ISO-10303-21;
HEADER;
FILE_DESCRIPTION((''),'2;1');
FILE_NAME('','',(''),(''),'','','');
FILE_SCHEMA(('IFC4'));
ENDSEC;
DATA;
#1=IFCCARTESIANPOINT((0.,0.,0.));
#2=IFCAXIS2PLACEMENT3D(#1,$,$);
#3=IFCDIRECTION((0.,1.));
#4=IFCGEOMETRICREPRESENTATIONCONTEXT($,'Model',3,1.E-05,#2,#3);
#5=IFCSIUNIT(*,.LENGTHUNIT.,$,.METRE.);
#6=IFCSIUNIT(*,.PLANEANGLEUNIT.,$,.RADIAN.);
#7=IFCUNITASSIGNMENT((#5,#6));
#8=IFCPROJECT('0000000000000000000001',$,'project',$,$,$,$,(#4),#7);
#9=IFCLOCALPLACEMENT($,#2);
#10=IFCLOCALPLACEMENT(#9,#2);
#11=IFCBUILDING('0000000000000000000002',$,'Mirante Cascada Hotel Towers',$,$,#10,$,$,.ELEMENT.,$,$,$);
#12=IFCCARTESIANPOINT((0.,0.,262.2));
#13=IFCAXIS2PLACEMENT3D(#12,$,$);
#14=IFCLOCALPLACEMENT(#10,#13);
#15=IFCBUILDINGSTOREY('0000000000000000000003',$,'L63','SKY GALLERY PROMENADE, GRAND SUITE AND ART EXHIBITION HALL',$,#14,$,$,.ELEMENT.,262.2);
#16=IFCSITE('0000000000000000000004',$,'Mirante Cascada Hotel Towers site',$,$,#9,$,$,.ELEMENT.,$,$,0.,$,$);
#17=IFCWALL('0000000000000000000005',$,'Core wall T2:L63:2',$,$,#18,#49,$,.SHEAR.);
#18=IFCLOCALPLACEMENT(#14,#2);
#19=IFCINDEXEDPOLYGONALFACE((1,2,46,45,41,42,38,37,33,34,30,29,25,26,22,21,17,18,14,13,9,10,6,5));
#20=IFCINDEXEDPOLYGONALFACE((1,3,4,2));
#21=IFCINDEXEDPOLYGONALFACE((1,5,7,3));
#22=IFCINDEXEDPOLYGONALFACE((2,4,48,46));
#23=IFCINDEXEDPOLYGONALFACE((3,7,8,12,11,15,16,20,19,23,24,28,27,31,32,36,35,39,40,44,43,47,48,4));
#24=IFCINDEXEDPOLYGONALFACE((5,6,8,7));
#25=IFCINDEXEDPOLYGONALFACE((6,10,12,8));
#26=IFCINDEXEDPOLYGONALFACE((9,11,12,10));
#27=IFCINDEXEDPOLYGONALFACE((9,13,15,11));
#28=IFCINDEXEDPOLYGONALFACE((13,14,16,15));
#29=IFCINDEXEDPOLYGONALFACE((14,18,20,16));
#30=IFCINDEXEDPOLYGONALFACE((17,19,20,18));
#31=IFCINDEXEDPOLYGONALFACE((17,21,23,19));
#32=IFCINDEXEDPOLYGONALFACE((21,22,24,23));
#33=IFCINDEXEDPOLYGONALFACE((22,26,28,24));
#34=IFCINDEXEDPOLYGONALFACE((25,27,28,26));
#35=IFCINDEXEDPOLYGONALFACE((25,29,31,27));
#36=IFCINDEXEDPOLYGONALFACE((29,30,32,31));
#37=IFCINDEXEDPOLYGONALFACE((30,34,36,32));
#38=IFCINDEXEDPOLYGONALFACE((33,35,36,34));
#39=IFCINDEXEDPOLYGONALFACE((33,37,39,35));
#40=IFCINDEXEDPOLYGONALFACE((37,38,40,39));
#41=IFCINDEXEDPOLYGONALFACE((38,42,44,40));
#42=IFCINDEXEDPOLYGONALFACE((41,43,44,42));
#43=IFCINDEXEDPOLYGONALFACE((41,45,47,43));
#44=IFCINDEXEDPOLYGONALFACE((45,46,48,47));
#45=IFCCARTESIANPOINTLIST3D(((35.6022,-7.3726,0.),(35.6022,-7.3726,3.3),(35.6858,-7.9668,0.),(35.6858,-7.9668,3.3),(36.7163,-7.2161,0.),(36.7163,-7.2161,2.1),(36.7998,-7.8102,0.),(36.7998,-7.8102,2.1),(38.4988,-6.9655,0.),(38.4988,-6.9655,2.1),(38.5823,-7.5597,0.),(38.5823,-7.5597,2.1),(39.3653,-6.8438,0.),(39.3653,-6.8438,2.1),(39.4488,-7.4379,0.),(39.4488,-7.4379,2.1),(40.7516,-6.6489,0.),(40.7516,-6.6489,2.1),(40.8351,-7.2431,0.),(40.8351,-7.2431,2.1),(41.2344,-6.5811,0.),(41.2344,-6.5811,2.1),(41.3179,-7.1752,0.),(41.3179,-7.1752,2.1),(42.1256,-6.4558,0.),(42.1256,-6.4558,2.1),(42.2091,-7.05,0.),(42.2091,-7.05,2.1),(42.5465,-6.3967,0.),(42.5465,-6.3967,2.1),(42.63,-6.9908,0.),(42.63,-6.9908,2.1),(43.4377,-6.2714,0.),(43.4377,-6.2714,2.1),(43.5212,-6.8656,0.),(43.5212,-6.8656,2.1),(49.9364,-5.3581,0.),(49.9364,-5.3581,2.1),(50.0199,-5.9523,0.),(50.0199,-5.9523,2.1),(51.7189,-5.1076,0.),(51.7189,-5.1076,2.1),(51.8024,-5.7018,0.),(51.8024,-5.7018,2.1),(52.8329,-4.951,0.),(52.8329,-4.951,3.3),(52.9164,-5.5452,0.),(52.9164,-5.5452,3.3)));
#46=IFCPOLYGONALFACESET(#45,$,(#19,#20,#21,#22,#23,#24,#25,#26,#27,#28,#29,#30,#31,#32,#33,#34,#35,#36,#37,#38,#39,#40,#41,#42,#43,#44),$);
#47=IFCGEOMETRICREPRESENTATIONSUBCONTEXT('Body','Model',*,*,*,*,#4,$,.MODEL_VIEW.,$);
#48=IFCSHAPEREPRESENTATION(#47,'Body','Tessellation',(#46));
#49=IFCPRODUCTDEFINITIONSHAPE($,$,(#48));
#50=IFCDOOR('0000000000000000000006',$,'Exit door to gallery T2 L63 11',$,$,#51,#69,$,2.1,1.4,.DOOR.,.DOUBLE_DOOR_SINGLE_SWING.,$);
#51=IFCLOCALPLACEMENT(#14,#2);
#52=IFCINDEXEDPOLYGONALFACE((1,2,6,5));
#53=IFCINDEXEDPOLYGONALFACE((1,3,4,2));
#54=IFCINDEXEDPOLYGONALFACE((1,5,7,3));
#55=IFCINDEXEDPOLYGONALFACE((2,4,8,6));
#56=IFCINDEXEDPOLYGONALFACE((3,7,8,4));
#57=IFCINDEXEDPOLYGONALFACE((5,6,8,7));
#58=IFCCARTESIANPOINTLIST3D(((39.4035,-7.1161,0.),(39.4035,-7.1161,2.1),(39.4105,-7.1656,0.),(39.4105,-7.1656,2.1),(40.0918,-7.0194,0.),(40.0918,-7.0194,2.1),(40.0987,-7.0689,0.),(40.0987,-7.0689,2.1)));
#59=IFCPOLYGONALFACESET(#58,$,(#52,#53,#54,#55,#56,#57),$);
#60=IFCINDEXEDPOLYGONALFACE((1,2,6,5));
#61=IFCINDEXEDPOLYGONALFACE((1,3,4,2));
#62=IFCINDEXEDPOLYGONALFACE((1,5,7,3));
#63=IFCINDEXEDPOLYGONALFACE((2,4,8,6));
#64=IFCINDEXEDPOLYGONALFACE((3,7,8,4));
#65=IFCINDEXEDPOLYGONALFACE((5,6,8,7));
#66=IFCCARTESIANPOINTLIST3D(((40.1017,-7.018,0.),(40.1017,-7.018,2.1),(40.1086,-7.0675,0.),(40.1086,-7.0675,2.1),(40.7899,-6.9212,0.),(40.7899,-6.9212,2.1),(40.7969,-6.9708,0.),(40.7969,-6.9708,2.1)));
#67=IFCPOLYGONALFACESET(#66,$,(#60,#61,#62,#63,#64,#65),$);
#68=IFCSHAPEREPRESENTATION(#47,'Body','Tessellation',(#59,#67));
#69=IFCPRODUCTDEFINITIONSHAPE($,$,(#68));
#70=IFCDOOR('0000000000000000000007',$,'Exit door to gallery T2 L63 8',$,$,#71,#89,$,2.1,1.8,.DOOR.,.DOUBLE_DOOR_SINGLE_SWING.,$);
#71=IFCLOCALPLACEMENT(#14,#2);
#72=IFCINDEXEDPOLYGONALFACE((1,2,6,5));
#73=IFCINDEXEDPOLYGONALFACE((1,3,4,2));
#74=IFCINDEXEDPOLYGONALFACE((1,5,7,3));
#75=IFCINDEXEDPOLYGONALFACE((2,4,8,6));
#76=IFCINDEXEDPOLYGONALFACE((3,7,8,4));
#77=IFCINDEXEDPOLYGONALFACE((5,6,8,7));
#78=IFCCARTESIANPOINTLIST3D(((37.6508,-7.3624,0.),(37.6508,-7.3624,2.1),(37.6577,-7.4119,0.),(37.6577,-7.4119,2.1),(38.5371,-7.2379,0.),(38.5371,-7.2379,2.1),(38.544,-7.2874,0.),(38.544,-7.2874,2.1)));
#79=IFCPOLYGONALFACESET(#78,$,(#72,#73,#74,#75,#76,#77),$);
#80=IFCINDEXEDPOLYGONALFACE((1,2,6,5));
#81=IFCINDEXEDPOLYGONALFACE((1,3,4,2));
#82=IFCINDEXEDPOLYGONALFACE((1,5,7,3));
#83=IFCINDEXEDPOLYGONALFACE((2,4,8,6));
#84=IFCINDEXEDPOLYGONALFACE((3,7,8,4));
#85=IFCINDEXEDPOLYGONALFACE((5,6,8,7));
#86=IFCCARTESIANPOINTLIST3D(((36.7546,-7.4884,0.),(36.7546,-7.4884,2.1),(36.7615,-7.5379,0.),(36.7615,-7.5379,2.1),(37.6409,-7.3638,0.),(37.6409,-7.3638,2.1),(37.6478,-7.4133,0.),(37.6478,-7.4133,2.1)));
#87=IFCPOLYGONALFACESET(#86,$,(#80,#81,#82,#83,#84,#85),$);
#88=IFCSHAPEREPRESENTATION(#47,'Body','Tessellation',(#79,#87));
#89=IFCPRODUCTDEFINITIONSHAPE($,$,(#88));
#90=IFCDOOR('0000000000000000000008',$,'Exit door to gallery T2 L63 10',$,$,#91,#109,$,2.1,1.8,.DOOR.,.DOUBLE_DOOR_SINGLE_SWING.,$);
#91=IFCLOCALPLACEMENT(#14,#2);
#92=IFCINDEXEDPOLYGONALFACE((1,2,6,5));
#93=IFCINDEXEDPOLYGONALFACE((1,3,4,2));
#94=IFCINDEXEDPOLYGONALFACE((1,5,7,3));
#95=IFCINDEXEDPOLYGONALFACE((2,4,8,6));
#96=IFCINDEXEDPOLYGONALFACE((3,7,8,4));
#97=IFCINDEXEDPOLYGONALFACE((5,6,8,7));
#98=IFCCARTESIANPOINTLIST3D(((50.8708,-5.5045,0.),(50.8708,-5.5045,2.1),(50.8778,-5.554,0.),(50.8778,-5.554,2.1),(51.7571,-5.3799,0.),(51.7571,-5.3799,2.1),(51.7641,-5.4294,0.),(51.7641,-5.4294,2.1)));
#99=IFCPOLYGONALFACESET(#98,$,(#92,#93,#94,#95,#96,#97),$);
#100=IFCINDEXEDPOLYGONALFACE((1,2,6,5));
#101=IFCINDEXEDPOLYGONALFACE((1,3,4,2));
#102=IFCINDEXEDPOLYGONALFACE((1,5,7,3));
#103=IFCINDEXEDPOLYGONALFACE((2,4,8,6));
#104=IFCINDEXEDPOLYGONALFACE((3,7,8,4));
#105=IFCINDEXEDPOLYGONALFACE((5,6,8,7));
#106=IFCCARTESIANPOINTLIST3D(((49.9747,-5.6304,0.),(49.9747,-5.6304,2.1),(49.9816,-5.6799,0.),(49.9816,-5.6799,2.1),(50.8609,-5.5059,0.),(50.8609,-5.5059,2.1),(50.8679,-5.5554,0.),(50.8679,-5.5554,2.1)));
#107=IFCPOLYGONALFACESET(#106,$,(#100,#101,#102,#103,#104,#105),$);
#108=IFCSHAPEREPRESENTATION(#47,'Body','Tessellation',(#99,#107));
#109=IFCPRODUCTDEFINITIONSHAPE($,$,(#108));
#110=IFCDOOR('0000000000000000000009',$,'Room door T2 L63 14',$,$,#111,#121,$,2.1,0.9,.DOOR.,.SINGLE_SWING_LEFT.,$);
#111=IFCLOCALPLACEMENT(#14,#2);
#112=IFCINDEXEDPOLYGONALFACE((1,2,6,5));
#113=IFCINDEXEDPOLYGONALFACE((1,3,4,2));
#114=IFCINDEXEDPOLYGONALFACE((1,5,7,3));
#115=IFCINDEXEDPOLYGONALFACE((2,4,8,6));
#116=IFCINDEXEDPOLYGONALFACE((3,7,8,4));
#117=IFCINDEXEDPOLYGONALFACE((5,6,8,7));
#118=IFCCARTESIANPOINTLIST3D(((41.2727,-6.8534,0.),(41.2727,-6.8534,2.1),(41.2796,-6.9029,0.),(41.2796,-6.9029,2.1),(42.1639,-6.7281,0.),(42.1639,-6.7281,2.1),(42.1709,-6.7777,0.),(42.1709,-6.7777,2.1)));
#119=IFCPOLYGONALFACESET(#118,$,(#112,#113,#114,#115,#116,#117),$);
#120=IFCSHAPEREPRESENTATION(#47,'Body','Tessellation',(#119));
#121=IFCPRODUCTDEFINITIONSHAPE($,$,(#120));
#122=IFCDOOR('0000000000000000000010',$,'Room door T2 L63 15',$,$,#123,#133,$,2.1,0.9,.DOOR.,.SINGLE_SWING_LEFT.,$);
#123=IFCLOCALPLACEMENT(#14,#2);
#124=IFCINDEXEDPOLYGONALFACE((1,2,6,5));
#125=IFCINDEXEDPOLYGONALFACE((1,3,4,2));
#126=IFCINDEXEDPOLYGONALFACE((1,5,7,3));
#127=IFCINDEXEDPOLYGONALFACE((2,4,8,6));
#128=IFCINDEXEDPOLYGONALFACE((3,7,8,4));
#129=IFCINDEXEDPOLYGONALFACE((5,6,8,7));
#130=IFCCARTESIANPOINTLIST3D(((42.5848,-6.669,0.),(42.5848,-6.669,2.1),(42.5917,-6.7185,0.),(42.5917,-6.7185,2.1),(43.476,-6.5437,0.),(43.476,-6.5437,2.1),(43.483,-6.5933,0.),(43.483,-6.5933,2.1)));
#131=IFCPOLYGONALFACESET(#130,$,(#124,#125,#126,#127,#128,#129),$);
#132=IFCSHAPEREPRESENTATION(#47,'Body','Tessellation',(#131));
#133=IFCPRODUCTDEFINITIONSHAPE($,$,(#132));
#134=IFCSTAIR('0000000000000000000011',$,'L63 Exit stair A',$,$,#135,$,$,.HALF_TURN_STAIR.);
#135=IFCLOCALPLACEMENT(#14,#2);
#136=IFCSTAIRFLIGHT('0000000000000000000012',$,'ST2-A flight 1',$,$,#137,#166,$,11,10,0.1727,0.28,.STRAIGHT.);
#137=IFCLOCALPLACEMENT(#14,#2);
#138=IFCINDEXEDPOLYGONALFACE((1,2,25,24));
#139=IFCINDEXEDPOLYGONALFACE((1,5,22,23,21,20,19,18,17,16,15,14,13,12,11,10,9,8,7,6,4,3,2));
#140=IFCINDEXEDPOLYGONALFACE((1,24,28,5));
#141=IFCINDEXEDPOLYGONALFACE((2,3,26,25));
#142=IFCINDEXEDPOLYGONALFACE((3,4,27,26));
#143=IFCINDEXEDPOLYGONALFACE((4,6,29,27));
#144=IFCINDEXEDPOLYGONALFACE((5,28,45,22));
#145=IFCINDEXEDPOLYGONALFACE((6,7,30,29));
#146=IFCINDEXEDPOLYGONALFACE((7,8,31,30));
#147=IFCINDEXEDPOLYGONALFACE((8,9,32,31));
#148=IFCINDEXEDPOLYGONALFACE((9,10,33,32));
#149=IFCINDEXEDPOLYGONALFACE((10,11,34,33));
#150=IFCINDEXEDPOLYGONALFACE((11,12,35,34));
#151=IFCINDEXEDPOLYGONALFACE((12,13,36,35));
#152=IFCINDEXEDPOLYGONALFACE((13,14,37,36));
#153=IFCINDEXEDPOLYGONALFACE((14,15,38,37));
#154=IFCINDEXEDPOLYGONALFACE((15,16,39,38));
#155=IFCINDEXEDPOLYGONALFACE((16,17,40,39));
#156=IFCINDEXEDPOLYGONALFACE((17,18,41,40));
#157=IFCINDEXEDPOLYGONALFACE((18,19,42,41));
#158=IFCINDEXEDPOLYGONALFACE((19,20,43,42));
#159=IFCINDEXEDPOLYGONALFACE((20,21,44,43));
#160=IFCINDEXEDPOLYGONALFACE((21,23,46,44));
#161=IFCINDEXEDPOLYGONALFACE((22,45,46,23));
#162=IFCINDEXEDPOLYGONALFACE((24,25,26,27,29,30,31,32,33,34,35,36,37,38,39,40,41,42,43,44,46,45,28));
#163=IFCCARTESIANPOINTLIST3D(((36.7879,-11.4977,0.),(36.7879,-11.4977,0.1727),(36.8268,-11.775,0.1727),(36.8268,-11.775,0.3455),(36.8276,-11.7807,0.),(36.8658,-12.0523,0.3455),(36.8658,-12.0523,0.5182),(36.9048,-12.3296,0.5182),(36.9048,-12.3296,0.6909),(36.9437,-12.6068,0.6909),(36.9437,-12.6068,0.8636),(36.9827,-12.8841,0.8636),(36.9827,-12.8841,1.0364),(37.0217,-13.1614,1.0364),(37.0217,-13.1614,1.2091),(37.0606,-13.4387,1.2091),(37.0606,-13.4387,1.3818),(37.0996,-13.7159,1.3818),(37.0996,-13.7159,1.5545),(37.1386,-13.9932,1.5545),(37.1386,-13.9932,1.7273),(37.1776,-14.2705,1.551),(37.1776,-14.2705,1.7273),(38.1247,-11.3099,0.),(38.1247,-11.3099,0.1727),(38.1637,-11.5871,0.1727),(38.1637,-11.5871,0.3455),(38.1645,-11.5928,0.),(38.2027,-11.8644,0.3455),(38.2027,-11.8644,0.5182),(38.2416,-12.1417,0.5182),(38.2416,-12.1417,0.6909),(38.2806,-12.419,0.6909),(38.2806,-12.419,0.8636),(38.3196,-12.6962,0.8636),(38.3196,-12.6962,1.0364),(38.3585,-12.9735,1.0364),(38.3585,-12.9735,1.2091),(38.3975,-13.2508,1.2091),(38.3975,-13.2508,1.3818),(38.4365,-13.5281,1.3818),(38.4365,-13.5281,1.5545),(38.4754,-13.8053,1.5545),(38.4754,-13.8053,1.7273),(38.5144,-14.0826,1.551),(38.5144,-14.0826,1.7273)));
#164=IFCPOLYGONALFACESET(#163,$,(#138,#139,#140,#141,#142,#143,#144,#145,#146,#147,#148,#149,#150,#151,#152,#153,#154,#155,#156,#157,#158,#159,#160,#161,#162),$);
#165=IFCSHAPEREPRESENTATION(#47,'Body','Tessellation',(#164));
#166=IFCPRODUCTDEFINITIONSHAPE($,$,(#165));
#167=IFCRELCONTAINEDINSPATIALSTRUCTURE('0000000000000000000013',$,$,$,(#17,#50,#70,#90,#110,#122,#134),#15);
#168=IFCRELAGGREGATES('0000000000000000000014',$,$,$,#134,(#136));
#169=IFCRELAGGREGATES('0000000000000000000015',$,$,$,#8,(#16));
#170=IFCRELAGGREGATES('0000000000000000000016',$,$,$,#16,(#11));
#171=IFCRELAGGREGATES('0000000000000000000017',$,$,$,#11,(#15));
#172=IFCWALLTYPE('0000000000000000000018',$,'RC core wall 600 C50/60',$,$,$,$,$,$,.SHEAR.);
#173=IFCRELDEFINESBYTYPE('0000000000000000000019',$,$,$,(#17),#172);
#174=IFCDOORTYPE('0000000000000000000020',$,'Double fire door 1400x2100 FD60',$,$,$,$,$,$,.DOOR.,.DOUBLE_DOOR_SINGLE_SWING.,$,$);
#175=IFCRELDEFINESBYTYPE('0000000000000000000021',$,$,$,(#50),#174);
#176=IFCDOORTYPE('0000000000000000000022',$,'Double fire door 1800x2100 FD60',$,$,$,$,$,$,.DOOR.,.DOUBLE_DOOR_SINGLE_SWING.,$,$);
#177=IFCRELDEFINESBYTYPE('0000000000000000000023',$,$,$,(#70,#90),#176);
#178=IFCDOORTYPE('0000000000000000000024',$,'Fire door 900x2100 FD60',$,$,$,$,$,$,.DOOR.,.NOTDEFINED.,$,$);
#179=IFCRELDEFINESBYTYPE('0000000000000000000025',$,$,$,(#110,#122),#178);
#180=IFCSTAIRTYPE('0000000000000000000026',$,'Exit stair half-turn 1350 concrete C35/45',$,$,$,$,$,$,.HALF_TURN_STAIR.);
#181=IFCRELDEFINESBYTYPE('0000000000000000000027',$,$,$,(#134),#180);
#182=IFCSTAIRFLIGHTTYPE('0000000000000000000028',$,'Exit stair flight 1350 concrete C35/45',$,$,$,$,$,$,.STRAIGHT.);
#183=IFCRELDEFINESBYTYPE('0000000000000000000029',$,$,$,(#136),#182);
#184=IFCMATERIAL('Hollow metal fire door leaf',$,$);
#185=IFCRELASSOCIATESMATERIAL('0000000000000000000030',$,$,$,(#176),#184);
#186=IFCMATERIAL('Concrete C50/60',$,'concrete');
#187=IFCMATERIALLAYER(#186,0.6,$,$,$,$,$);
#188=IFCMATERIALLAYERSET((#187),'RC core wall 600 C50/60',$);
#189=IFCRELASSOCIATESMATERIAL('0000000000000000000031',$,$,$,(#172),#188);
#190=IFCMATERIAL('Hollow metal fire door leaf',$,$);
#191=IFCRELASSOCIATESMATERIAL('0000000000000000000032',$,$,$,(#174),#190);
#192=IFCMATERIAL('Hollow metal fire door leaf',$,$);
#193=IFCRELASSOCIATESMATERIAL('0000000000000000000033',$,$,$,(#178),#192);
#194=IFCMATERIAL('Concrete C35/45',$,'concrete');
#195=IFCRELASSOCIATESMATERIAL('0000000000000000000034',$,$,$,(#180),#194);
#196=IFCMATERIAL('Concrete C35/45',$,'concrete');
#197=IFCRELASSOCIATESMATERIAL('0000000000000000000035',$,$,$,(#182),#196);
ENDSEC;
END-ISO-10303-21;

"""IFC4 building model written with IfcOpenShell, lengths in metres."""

from ifc_helpers import new_model, si_unit, direction, frame, frame_2d, origin, place, context, subcontext, project, spatial, polyline, rectangle, outline, extrude, material, layer, layer_set, type_object, element, fill, aggregate, save


model = new_model("IFC4")

# Units and contexts
model_context = context("Model", 3, precision=1e-05, world=origin(), true_north=direction((0.0, 1.0)))
body_context = subcontext(model_context, "Body", "Model", "MODEL_VIEW")
ifc_project = project(units=[si_unit("LENGTHUNIT", "METRE"), si_unit("PLANEANGLEUNIT", "RADIAN")], contexts=[model_context])

# Site, building, storey
site_placement = place(None, origin())
site = spatial("IfcSite", under=ifc_project, at=site_placement, Name="Mirante Cascada Hotel Towers site", CompositionType="ELEMENT", RefElevation=0.0)
building_placement = place(site_placement, origin())
building = spatial("IfcBuilding", under=site, at=building_placement, Name="Mirante Cascada Hotel Towers", CompositionType="ELEMENT")
storey_placement = place(building_placement, frame((0.0, 0.0, 262.2)))
storey = spatial("IfcBuildingStorey", under=building, at=storey_placement, Name="L63", Description="SKY GALLERY PROMENADE, GRAND SUITE AND ART EXHIBITION HALL", CompositionType="ELEMENT", Elevation=262.2)

# Shared definitions
ifc_material_1 = material(Name="Hollow metal fire door leaf")
door_type_1 = type_object("IfcDoorType", Name="Double fire door 1800x2100 FD60", OperationType="DOUBLE_DOOR_SINGLE_SWING", PredefinedType="DOOR", material=ifc_material_1)

# Wall, openings, doors
ifc_material_2 = material(Name="Concrete C50/60", Category="concrete")
ifc_layer_1 = layer(ifc_material_2, 0.6)
ifc_layer_set_1 = layer_set([ifc_layer_1], Name="RC core wall 600 C50/60")
wall_type_1 = type_object("IfcWallType", Name="RC core wall 600 C50/60", PredefinedType="SHEAR", material=ifc_layer_set_1)
wall_1_placement = place(storey_placement, frame((35.644, -7.6697, 0.0), z_axis=(0.0, 0.0, 1.0), x_axis=(0.990268, 0.139172, 0.0)))
wall_1 = element("IfcWall", 1, at=wall_1_placement, inside=storey, type_object=wall_type_1, Name="Core wall T2:L63:2", PredefinedType="SHEAR", context=body_context, shape_type="SweptSolid", body=[
    extrude(rectangle(XDim=17.4, YDim=0.6, at=frame_2d((8.7, 0.0))), origin(), (0.0, 0.0, 1.0), 3.3),
])
opening_1_placement = place(wall_1_placement, frame((1.125, 0.0, 0.0)))
opening_1 = element("IfcOpeningElement", 2, at=opening_1_placement, cuts=wall_1, PredefinedType="OPENING", context=body_context, shape_type="SweptSolid", body=[
    extrude(rectangle(XDim=1.8, YDim=2.1, at=frame_2d((0.9, 1.05))), frame((0.0, 0.3, 0.0), z_axis=(0.0, -1.0, 0.0), x_axis=(1.0, 0.0, 0.0)), (0.0, 0.0, 1.0), 0.6),
])
opening_2_placement = place(wall_1_placement, frame((14.475, 0.0, 0.0)))
opening_2 = element("IfcOpeningElement", 3, at=opening_2_placement, cuts=wall_1, PredefinedType="OPENING", context=body_context, shape_type="SweptSolid", body=[
    extrude(rectangle(XDim=1.8, YDim=2.1, at=frame_2d((0.9, 1.05))), frame((0.0, 0.3, 0.0), z_axis=(0.0, -1.0, 0.0), x_axis=(1.0, 0.0, 0.0)), (0.0, 0.0, 1.0), 0.6),
])
opening_3_placement = place(wall_1_placement, frame((3.8, 0.0, 0.0)))
opening_3 = element("IfcOpeningElement", 4, at=opening_3_placement, cuts=wall_1, PredefinedType="OPENING", context=body_context, shape_type="SweptSolid", body=[
    extrude(rectangle(XDim=1.4, YDim=2.1, at=frame_2d((0.7, 1.05))), frame((0.0, 0.3, 0.0), z_axis=(0.0, -1.0, 0.0), x_axis=(1.0, 0.0, 0.0)), (0.0, 0.0, 1.0), 0.6),
])
opening_4_placement = place(wall_1_placement, frame((5.6875, 0.0, 0.0)))
opening_4 = element("IfcOpeningElement", 5, at=opening_4_placement, cuts=wall_1, PredefinedType="OPENING", context=body_context, shape_type="SweptSolid", body=[
    extrude(rectangle(XDim=0.9, YDim=2.1, at=frame_2d((0.45, 1.05))), frame((0.0, 0.3, 0.0), z_axis=(0.0, -1.0, 0.0), x_axis=(1.0, 0.0, 0.0)), (0.0, 0.0, 1.0), 0.6),
])
opening_5_placement = place(wall_1_placement, frame((7.0125, 0.0, 0.0)))
opening_5 = element("IfcOpeningElement", 6, at=opening_5_placement, cuts=wall_1, PredefinedType="OPENING", context=body_context, shape_type="SweptSolid", body=[
    extrude(rectangle(XDim=0.9, YDim=2.1, at=frame_2d((0.45, 1.05))), frame((0.0, 0.3, 0.0), z_axis=(0.0, -1.0, 0.0), x_axis=(1.0, 0.0, 0.0)), (0.0, 0.0, 1.0), 0.6),
])
ifc_material_3 = material(Name="Hollow metal fire door leaf")
door_type_2 = type_object("IfcDoorType", Name="Double fire door 1400x2100 FD60", OperationType="DOUBLE_DOOR_SINGLE_SWING", PredefinedType="DOOR", material=ifc_material_3)
door_1_placement = place(opening_3_placement, origin())
door_1 = element("IfcDoor", 7, at=door_1_placement, inside=storey, type_object=door_type_2, Name="Exit door to gallery T2 L63 11", OperationType="DOUBLE_DOOR_SINGLE_SWING", OverallHeight=2.1, OverallWidth=1.4, PredefinedType="DOOR", context=body_context, shape_type="SweptSolid", body=[
    extrude(rectangle(XDim=0.695, YDim=2.1, at=frame_2d((0.3475, 1.05))), frame((0.0, 0.025, 0.0), z_axis=(0.0, -1.0, 0.0), x_axis=(1.0, 0.0, 0.0)), (0.0, 0.0, 1.0), 0.05),
    extrude(rectangle(XDim=0.695, YDim=2.1, at=frame_2d((1.0525, 1.05))), frame((0.0, 0.025, 0.0), z_axis=(0.0, -1.0, 0.0), x_axis=(1.0, 0.0, 0.0)), (0.0, 0.0, 1.0), 0.05),
])
fill(opening_3, door_1)
door_2_placement = place(opening_1_placement, frame((1.8, 0.0, 0.0), z_axis=(0.0, 0.0, 1.0), x_axis=(-1.0, 0.0, 0.0)))
door_2 = element("IfcDoor", 8, at=door_2_placement, inside=storey, type_object=door_type_1, Name="Exit door to gallery T2 L63 8", OperationType="DOUBLE_DOOR_SINGLE_SWING", OverallHeight=2.1, OverallWidth=1.8, PredefinedType="DOOR", context=body_context, shape_type="SweptSolid", body=[
    extrude(rectangle(XDim=0.895, YDim=2.1, at=frame_2d((0.4475, 1.05))), frame((0.0, 0.025, 0.0), z_axis=(0.0, -1.0, 0.0), x_axis=(1.0, 0.0, 0.0)), (0.0, 0.0, 1.0), 0.05),
    extrude(rectangle(XDim=0.895, YDim=2.1, at=frame_2d((1.3525, 1.05))), frame((0.0, 0.025, 0.0), z_axis=(0.0, -1.0, 0.0), x_axis=(1.0, 0.0, 0.0)), (0.0, 0.0, 1.0), 0.05),
])
fill(opening_1, door_2)
door_3_placement = place(opening_2_placement, frame((1.8, 0.0, 0.0), z_axis=(0.0, 0.0, 1.0), x_axis=(-1.0, 0.0, 0.0)))
door_3 = element("IfcDoor", 9, at=door_3_placement, inside=storey, type_object=door_type_1, Name="Exit door to gallery T2 L63 10", OperationType="DOUBLE_DOOR_SINGLE_SWING", OverallHeight=2.1, OverallWidth=1.8, PredefinedType="DOOR", context=body_context, shape_type="SweptSolid", body=[
    extrude(rectangle(XDim=0.895, YDim=2.1, at=frame_2d((0.4475, 1.05))), frame((0.0, 0.025, 0.0), z_axis=(0.0, -1.0, 0.0), x_axis=(1.0, 0.0, 0.0)), (0.0, 0.0, 1.0), 0.05),
    extrude(rectangle(XDim=0.895, YDim=2.1, at=frame_2d((1.3525, 1.05))), frame((0.0, 0.025, 0.0), z_axis=(0.0, -1.0, 0.0), x_axis=(1.0, 0.0, 0.0)), (0.0, 0.0, 1.0), 0.05),
])
fill(opening_2, door_3)
ifc_material_4 = material(Name="Hollow metal fire door leaf")
door_type_3 = type_object("IfcDoorType", Name="Fire door 900x2100 FD60", OperationType="NOTDEFINED", PredefinedType="DOOR", material=ifc_material_4)
door_4_placement = place(opening_4_placement, frame((0.9, 0.0, 0.0), z_axis=(0.0, 0.0, 1.0), x_axis=(-1.0, 0.0, 0.0)))
door_4 = element("IfcDoor", 10, at=door_4_placement, inside=storey, type_object=door_type_3, Name="Room door T2 L63 14", OperationType="SINGLE_SWING_LEFT", OverallHeight=2.1, OverallWidth=0.9, PredefinedType="DOOR", context=body_context, shape_type="SweptSolid", body=[
    extrude(rectangle(XDim=0.9, YDim=2.1, at=frame_2d((0.45, 1.05))), frame((0.0, 0.025, 0.0), z_axis=(0.0, -1.0, 0.0), x_axis=(1.0, 0.0, 0.0)), (0.0, 0.0, 1.0), 0.05),
])
fill(opening_4, door_4)
door_5_placement = place(opening_5_placement, frame((0.9, 0.0, 0.0), z_axis=(0.0, 0.0, 1.0), x_axis=(-1.0, 0.0, 0.0)))
door_5 = element("IfcDoor", 11, at=door_5_placement, inside=storey, type_object=door_type_3, Name="Room door T2 L63 15", OperationType="SINGLE_SWING_LEFT", OverallHeight=2.1, OverallWidth=0.9, PredefinedType="DOOR", context=body_context, shape_type="SweptSolid", body=[
    extrude(rectangle(XDim=0.9, YDim=2.1, at=frame_2d((0.45, 1.05))), frame((0.0, 0.025, 0.0), z_axis=(0.0, -1.0, 0.0), x_axis=(1.0, 0.0, 0.0)), (0.0, 0.0, 1.0), 0.05),
])
fill(opening_5, door_5)

# Stair, stair flight
ifc_material_5 = material(Name="Concrete C35/45", Category="concrete")
stair_type = type_object("IfcStairType", Name="Exit stair half-turn 1350 concrete C35/45", PredefinedType="HALF_TURN_STAIR", material=ifc_material_5)
stair_placement = place(storey_placement, origin())
stair = element("IfcStair", 12, at=stair_placement, inside=storey, type_object=stair_type, Name="L63 Exit stair A", PredefinedType="HALF_TURN_STAIR")
ifc_material_6 = material(Name="Concrete C35/45", Category="concrete")
stair_flight_type = type_object("IfcStairFlightType", Name="Exit stair flight 1350 concrete C35/45", PredefinedType="STRAIGHT", material=ifc_material_6)
stair_flight_placement = place(storey_placement, frame((37.4563, -11.4038, 0.0), z_axis=(0.0, 0.0, 1.0), x_axis=(0.139173, -0.990268, 0.0)))
stair_flight = element("IfcStairFlight", 13, at=stair_flight_placement, type_object=stair_flight_type, Name="ST2-A flight 1", NumberOfRisers=11, NumberOfTreads=10, PredefinedType="STRAIGHT", RiserHeight=0.1727, TreadLength=0.28, context=body_context, shape_type="SweptSolid", body=[
    extrude(outline(polyline([(0.0, 0.0), (0.0, 0.1727), (0.28, 0.1727), (0.28, 0.3455), (0.56, 0.3455), (0.56, 0.5182), (0.84, 0.5182), (0.84, 0.6909), (1.12, 0.6909), (1.12, 0.8636), (1.4, 0.8636), (1.4, 1.0364), (1.68, 1.0364), (1.68, 1.2091), (1.96, 1.2091), (1.96, 1.3818), (2.24, 1.3818), (2.24, 1.5545), (2.52, 1.5545), (2.52, 1.7273), (2.8, 1.7273), (2.8, 1.9), (2.8, 1.551), (0.2857, 0.0), (0.0, 0.0)])), frame((0.0, 0.675, 0.0), z_axis=(0.0, -1.0, 0.0), x_axis=(1.0, 0.0, 0.0)), (0.0, 0.0, 1.0), 1.35),
])
aggregate(stair, [stair_flight])

save(model, "model.ifc")
